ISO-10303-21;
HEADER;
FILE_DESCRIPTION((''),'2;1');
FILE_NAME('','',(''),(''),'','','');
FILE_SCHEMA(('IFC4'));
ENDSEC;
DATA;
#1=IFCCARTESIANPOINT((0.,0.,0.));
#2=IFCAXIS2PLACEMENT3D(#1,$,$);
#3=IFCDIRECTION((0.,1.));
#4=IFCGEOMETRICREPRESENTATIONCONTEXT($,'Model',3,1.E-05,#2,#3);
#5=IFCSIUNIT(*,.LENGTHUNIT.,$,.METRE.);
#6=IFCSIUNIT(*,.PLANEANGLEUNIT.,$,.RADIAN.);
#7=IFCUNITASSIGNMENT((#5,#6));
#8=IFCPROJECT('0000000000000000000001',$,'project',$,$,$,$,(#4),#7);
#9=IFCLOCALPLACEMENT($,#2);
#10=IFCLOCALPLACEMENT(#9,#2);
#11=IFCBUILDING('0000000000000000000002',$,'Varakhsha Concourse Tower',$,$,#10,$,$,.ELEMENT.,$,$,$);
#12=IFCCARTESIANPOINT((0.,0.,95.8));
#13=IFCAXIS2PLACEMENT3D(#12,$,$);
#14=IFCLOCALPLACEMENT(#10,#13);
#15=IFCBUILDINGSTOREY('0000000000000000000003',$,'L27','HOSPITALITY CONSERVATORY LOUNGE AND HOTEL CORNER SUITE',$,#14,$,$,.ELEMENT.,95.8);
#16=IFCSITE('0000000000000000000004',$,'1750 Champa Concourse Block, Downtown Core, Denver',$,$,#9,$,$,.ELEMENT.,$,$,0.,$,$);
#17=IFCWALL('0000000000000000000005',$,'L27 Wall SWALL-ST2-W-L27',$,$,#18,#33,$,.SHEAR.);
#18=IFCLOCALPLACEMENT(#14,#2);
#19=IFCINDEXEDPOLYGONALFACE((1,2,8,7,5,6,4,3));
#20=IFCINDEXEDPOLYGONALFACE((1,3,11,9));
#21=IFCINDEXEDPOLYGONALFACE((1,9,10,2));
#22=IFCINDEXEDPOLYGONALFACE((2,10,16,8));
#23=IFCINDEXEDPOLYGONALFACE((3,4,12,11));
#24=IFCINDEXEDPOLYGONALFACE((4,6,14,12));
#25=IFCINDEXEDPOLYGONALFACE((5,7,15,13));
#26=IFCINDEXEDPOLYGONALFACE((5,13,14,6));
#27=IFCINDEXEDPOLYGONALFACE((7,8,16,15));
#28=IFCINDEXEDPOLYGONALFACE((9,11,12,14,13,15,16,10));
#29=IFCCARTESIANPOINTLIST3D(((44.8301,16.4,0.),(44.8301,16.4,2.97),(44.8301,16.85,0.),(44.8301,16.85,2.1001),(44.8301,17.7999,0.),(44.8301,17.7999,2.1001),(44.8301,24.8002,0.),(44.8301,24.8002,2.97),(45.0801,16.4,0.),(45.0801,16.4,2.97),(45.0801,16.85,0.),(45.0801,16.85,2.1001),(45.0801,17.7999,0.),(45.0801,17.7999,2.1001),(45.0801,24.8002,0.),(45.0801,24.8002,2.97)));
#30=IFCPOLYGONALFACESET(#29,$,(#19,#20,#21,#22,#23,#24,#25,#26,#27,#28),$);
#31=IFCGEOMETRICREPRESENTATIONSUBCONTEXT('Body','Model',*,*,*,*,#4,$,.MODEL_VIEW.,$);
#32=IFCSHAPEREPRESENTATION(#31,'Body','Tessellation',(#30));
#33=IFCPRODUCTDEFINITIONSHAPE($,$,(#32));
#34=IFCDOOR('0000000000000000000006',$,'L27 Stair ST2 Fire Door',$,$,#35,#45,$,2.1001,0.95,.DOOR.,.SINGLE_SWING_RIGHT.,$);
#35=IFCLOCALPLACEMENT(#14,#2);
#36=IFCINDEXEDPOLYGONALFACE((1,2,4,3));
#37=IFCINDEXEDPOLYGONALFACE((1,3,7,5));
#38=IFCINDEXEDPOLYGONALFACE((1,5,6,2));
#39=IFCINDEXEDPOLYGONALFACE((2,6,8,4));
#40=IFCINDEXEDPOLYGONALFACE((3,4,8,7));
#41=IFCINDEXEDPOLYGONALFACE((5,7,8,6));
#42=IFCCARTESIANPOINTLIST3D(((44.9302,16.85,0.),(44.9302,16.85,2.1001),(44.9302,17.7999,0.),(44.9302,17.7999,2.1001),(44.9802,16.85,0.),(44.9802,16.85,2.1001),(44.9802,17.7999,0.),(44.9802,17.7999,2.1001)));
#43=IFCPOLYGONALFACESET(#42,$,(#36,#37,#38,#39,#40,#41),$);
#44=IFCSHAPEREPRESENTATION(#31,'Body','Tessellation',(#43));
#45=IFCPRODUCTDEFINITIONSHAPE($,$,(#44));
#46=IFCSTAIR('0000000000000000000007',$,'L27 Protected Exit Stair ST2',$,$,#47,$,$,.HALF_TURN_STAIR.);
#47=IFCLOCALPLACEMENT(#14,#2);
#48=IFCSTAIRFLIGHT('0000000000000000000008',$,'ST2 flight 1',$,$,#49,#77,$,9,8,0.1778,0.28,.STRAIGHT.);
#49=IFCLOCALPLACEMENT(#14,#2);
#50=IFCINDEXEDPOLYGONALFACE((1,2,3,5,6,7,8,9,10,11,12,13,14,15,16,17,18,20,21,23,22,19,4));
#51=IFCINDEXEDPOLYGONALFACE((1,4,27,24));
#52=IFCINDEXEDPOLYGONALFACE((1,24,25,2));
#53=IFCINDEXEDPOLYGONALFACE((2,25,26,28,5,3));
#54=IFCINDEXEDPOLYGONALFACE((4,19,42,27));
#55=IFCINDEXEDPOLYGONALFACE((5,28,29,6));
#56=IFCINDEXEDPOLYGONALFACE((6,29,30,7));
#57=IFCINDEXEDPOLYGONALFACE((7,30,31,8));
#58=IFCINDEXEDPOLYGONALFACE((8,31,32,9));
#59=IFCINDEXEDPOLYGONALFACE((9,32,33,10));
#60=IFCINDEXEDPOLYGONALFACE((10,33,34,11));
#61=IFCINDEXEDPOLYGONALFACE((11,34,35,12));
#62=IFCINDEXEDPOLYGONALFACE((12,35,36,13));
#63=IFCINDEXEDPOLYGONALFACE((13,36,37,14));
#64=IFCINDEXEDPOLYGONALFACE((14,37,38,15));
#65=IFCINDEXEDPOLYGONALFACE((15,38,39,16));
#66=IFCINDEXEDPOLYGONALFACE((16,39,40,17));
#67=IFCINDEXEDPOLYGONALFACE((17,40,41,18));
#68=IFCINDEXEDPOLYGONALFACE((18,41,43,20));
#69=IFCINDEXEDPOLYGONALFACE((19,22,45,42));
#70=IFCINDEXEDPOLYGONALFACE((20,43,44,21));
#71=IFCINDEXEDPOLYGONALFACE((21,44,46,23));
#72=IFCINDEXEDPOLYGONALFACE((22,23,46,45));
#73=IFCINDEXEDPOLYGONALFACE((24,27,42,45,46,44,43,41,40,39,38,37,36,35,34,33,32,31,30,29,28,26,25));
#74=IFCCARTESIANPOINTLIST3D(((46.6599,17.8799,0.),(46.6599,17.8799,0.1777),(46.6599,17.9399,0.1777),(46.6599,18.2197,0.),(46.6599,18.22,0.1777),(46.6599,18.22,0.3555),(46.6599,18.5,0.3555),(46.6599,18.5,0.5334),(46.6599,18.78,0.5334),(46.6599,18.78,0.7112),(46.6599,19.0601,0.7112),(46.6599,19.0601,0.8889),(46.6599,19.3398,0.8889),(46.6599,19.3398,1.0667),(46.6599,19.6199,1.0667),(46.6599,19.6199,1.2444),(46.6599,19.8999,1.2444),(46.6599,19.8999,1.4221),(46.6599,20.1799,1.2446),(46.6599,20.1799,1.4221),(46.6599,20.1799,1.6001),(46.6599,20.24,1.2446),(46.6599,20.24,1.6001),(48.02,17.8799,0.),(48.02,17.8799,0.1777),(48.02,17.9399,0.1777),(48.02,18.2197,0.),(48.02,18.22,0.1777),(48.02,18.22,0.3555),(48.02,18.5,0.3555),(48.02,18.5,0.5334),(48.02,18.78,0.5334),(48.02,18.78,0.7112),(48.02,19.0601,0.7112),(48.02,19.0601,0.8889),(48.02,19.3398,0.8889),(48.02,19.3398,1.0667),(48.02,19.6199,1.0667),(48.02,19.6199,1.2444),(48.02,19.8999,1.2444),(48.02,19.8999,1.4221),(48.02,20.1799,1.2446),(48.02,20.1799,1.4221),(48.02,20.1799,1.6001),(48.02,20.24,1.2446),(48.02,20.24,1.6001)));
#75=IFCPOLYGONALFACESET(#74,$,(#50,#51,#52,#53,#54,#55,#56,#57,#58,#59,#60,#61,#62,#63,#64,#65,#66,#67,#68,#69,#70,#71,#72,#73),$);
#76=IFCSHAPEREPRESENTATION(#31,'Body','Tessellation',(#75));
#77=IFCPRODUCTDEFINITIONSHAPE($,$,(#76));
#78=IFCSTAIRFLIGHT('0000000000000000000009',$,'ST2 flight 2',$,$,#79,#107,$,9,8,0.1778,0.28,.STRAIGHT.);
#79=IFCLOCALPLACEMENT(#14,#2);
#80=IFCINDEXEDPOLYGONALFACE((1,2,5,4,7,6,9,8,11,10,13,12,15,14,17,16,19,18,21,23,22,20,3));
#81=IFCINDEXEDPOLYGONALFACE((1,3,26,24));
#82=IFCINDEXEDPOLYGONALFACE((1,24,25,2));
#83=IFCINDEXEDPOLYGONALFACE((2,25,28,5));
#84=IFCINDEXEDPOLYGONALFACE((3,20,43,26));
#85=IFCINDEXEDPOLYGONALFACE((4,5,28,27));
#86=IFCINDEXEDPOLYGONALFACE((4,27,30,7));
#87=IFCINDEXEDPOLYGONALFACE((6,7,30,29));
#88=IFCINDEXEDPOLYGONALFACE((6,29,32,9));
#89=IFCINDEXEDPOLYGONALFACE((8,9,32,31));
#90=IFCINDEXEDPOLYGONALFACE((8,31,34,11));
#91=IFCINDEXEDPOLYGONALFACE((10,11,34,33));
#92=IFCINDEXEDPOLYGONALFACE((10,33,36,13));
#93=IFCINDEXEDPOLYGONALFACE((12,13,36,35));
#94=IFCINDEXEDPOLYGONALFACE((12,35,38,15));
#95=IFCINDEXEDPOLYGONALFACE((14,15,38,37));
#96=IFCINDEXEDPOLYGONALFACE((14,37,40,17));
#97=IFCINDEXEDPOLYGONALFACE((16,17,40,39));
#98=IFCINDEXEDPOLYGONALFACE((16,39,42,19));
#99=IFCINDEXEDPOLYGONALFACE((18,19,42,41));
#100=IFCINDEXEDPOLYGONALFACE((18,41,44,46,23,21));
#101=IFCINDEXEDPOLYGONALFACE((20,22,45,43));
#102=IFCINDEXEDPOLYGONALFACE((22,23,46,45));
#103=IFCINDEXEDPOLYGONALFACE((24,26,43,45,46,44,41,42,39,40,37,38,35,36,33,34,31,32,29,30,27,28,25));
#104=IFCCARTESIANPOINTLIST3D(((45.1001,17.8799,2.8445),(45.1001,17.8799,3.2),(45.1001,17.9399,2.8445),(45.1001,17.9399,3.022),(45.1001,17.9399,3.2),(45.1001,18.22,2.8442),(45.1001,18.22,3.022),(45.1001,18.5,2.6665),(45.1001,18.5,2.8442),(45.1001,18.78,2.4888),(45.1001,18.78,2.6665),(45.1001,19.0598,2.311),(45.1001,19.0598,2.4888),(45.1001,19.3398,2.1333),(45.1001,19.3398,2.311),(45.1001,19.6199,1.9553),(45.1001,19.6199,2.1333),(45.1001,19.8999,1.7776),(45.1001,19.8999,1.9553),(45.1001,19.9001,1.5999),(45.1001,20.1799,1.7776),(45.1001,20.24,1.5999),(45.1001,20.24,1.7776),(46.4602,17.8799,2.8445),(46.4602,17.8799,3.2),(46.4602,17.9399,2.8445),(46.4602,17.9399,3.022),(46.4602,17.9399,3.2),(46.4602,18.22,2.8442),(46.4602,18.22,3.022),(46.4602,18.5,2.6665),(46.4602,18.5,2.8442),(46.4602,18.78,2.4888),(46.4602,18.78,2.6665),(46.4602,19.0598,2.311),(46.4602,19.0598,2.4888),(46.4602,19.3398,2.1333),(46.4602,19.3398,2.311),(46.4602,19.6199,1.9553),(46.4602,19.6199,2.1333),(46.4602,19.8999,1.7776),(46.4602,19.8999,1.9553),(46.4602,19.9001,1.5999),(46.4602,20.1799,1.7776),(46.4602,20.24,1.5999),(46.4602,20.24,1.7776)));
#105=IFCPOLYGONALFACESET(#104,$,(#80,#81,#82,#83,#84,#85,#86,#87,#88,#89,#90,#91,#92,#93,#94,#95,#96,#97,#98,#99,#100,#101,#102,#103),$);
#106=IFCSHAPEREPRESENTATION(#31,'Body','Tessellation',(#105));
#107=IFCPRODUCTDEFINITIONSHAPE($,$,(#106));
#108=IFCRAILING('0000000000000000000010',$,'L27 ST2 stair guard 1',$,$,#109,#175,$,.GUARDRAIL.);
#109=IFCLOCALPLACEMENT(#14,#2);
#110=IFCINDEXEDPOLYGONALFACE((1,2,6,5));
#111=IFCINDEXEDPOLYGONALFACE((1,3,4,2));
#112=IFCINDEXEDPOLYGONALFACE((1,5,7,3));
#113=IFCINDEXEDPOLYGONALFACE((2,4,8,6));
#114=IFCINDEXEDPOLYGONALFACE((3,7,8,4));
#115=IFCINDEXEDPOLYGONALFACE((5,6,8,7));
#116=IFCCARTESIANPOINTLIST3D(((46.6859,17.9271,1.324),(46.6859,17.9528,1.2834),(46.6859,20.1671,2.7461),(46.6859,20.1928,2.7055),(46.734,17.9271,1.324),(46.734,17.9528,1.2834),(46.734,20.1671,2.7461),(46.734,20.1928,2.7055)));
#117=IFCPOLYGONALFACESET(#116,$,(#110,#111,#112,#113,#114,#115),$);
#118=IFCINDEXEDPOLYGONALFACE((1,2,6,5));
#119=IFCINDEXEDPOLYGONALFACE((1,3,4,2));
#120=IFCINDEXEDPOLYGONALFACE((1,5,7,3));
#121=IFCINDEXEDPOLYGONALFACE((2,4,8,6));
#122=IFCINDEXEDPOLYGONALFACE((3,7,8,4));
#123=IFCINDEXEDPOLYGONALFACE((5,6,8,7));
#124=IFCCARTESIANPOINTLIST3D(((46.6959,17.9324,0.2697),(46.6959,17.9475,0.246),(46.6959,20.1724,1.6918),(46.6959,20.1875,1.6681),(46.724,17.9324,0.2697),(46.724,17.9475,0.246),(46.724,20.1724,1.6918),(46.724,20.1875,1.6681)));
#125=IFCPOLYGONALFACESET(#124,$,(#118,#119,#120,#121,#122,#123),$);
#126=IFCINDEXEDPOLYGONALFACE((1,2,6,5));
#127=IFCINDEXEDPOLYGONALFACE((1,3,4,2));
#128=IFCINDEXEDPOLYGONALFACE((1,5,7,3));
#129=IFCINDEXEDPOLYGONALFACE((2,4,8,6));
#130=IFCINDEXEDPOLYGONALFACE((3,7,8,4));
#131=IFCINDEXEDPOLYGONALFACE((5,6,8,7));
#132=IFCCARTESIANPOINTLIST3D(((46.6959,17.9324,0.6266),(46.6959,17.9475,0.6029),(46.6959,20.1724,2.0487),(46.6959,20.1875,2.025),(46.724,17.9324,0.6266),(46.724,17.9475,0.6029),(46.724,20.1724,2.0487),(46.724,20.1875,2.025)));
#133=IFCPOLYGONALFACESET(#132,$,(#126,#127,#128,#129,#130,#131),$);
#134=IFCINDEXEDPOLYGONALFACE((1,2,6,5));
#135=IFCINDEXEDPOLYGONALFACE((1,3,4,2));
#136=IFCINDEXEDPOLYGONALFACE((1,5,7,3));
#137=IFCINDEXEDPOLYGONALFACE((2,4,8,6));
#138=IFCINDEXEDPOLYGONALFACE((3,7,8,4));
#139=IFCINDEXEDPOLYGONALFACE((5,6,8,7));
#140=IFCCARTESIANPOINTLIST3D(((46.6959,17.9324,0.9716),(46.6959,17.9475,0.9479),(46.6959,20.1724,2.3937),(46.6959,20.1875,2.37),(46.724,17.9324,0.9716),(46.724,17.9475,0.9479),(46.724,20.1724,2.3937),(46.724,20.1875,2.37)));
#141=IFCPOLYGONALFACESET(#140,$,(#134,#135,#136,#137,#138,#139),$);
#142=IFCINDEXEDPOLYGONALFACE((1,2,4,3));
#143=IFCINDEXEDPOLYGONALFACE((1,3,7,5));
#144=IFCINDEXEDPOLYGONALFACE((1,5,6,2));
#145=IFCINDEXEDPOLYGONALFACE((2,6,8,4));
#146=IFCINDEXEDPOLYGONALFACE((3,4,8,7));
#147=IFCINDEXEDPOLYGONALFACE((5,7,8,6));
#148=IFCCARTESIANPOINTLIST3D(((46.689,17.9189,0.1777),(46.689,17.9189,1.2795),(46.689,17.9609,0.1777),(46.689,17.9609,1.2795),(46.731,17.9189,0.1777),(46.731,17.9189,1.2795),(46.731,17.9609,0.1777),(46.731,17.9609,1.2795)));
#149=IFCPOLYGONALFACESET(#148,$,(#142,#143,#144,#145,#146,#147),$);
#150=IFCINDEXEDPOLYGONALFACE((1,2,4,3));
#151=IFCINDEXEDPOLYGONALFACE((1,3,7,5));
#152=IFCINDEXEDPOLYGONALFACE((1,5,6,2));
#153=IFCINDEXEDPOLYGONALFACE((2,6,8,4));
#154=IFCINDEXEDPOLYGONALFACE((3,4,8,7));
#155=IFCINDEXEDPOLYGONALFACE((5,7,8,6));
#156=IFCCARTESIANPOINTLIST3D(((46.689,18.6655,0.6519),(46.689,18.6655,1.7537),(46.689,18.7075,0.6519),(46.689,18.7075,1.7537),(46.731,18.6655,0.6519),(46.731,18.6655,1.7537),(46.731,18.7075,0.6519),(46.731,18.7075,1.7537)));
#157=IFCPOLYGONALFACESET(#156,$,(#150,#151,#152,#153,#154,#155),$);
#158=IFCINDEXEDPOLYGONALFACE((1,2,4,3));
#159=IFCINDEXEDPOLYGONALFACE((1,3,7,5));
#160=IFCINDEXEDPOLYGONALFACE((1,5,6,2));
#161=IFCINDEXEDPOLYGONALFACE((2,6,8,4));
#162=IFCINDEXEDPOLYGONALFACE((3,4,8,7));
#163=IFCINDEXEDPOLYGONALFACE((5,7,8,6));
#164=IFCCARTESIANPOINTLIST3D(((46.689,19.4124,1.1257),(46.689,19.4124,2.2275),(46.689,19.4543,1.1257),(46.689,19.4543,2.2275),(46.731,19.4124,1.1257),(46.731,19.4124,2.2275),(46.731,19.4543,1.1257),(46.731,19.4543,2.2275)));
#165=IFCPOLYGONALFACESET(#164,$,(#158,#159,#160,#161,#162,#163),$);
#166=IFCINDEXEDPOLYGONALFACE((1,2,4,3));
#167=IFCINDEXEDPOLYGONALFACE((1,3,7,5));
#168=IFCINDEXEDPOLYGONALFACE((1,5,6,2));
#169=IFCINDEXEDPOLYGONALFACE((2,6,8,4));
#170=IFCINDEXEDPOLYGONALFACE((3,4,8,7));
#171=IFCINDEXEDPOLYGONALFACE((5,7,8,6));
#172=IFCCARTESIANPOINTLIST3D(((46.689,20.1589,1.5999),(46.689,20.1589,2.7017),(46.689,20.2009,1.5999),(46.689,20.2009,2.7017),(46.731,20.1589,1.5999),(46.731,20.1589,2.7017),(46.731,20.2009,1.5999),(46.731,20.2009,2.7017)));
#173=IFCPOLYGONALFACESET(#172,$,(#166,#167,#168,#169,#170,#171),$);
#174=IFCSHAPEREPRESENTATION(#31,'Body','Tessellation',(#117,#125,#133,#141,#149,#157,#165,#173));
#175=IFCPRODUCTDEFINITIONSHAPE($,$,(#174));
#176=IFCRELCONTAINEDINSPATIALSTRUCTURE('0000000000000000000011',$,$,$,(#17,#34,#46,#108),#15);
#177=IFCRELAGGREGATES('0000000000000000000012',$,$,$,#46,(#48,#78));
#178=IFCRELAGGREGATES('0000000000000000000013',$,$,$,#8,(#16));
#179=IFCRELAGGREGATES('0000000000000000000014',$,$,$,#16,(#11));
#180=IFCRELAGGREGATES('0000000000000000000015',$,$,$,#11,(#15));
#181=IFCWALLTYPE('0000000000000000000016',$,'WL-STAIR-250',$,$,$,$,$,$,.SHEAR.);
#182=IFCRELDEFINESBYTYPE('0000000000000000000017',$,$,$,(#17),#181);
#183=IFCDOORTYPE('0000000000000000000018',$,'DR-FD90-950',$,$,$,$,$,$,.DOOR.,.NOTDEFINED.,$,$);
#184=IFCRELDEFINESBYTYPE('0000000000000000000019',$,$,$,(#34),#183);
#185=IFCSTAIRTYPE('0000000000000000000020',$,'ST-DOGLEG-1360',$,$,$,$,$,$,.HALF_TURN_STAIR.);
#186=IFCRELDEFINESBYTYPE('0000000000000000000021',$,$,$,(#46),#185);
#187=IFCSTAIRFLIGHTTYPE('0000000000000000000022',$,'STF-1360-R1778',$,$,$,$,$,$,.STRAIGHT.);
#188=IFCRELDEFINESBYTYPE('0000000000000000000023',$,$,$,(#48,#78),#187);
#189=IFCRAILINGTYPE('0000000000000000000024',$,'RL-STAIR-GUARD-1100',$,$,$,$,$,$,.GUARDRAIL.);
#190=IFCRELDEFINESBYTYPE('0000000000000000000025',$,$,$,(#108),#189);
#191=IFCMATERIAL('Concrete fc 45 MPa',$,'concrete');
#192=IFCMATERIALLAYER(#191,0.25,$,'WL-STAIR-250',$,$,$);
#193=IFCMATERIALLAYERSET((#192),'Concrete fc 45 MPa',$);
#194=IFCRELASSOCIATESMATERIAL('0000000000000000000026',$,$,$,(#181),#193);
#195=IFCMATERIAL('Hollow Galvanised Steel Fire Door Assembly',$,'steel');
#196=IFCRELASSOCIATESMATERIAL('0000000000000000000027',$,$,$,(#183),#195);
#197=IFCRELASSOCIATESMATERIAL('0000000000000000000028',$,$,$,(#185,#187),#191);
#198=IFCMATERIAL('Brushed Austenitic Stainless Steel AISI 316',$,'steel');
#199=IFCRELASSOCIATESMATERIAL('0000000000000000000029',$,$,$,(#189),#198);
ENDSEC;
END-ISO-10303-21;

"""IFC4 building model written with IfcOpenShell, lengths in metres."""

from ifc_helpers import new_model, si_unit, direction, frame, frame_2d, origin, origin_2d, place, context, subcontext, project, spatial, polyline, rectangle, outline, extrude, material, layer, layer_set, type_object, element, fill, aggregate, save


model = new_model("IFC4")

# Units and contexts
model_context = context("Model", 3, precision=1e-05, world=origin(), true_north=direction((0.0, 1.0)))
body_context = subcontext(model_context, "Body", "Model", "MODEL_VIEW")
ifc_project = project(units=[si_unit("LENGTHUNIT", "METRE"), si_unit("PLANEANGLEUNIT", "RADIAN")], contexts=[model_context])

# Site, building, storey
site_placement = place(None, origin())
site = spatial("IfcSite", under=ifc_project, at=site_placement, Name="1750 Champa Concourse Block, Downtown Core, Denver", CompositionType="ELEMENT", RefElevation=0.0)
building_placement = place(site_placement, origin())
building = spatial("IfcBuilding", under=site, at=building_placement, Name="Varakhsha Concourse Tower", CompositionType="ELEMENT")
storey_placement = place(building_placement, frame((0.0, 0.0, 95.8)))
storey = spatial("IfcBuildingStorey", under=building, at=storey_placement, Name="L27", Description="HOSPITALITY CONSERVATORY LOUNGE AND HOTEL CORNER SUITE", CompositionType="ELEMENT", Elevation=95.8)

# Wall, opening, door
ifc_material_1 = material(Name="Concrete fc 45 MPa", Category="concrete")
ifc_layer_1 = layer(ifc_material_1, 0.25, Name="WL-STAIR-250")
ifc_layer_set_1 = layer_set([ifc_layer_1], Name="Concrete fc 45 MPa")
wall_type_1 = type_object("IfcWallType", Name="WL-STAIR-250", PredefinedType="SHEAR", material=ifc_layer_set_1)
wall_1_placement = place(storey_placement, frame((44.9551, 16.3999, 0.0), z_axis=(0.0, 0.0, 1.0), x_axis=(0.0, 1.0, 0.0)))
wall_1 = element("IfcWall", 1, at=wall_1_placement, inside=storey, type_object=wall_type_1, Name="L27 Wall SWALL-ST2-W-L27", PredefinedType="SHEAR", context=body_context, shape_type="SweptSolid", body=[
    extrude(rectangle(XDim=8.4001, YDim=0.25, at=frame_2d((4.2002, 0.0))), origin(), (0.0, 0.0, 1.0), 2.97),
])
opening_1_placement = place(wall_1_placement, frame((0.45, 0.0, 0.0)))
opening_1 = element("IfcOpeningElement", 2, at=opening_1_placement, cuts=wall_1, PredefinedType="OPENING", context=body_context, shape_type="SweptSolid", body=[
    extrude(rectangle(XDim=0.95, YDim=2.1001, at=frame_2d((0.4751, 1.05))), frame((0.0, 0.135, 0.0), z_axis=(0.0, -1.0, 0.0), x_axis=(1.0, 0.0, 0.0)), (0.0, 0.0, 1.0), 0.27),
])
ifc_material_2 = material(Name="Hollow Galvanised Steel Fire Door Assembly", Category="steel")
door_type_1 = type_object("IfcDoorType", Name="DR-FD90-950", OperationType="NOTDEFINED", PredefinedType="DOOR", material=ifc_material_2)
door_1_placement = place(opening_1_placement, origin())
door_1 = element("IfcDoor", 3, at=door_1_placement, inside=storey, type_object=door_type_1, Name="L27 Stair ST2 Fire Door", OperationType="SINGLE_SWING_RIGHT", OverallHeight=2.1001, OverallWidth=0.95, PredefinedType="DOOR", context=body_context, shape_type="SweptSolid", body=[
    extrude(rectangle(XDim=0.95, YDim=2.1001, at=frame_2d((0.4751, 1.05))), frame((0.0, 0.0249, 0.0), z_axis=(0.0, -1.0, 0.0), x_axis=(1.0, 0.0, 0.0)), (0.0, 0.0, 1.0), 0.05),
])
fill(opening_1, door_1)

# Stair, stair flights
stair_type = type_object("IfcStairType", Name="ST-DOGLEG-1360", PredefinedType="HALF_TURN_STAIR", material=ifc_material_1)
stair_placement = place(storey_placement, origin())
stair = element("IfcStair", 4, at=stair_placement, inside=storey, type_object=stair_type, Name="L27 Protected Exit Stair ST2", PredefinedType="HALF_TURN_STAIR")
stair_flight_type = type_object("IfcStairFlightType", Name="STF-1360-R1778", PredefinedType="STRAIGHT", material=ifc_material_1)
stair_flight_1_placement = place(storey_placement, frame((47.3401, 17.9399, 0.0), z_axis=(0.0, 0.0, 1.0), x_axis=(0.0, 1.0, 0.0)))
stair_flight_1 = element("IfcStairFlight", 5, at=stair_flight_1_placement, type_object=stair_flight_type, Name="ST2 flight 1", NumberOfRisers=9, NumberOfTreads=8, PredefinedType="STRAIGHT", RiserHeight=0.1778, TreadLength=0.28, context=body_context, shape_type="SweptSolid", body=[
    extrude(outline(polyline([(-0.0601, 0.0), (-0.0601, 0.1777), (0.0, 0.1777), (0.28, 0.1777), (0.28, 0.3555), (0.5601, 0.3555), (0.5601, 0.5334), (0.8401, 0.5334), (0.8401, 0.7112), (1.1201, 0.7112), (1.1201, 0.8889), (1.3999, 0.8889), (1.3999, 1.0667), (1.6799, 1.0667), (1.6799, 1.2444), (1.96, 1.2444), (1.96, 1.4221), (2.24, 1.4221), (2.24, 1.6001), (2.3, 1.6001), (2.3, 1.2446), (2.24, 1.2446), (0.2798, 0.0), (-0.0601, 0.0)])), frame((0.0, 0.6802, 0.0), z_axis=(0.0, -1.0, 0.0), x_axis=(1.0, 0.0, 0.0)), (0.0, 0.0, 1.0), 1.3601),
])
stair_flight_2_placement = place(storey_placement, frame((45.78, 20.1799, 1.5999), z_axis=(0.0, 0.0, 1.0), x_axis=(0.0, -1.0, 0.0)))
stair_flight_2 = element("IfcStairFlight", 6, at=stair_flight_2_placement, type_object=stair_flight_type, Name="ST2 flight 2", NumberOfRisers=9, NumberOfTreads=8, PredefinedType="STRAIGHT", RiserHeight=0.1778, TreadLength=0.28, context=body_context, shape_type="SweptSolid", body=[
    extrude(outline(polyline([(-0.0601, 0.0), (-0.0601, 0.1777), (0.0, 0.1777), (0.28, 0.1777), (0.28, 0.3555), (0.5601, 0.3555), (0.5601, 0.5334), (0.8401, 0.5334), (0.8401, 0.7112), (1.1201, 0.7112), (1.1201, 0.8889), (1.3999, 0.8889), (1.3999, 1.0667), (1.6799, 1.0667), (1.6799, 1.2444), (1.96, 1.2444), (1.96, 1.4221), (2.24, 1.4221), (2.24, 1.6001), (2.3, 1.6001), (2.3, 1.2446), (2.24, 1.2446), (0.2798, 0.0), (-0.0601, 0.0)])), frame((0.0, 0.6802, 0.0), z_axis=(0.0, -1.0, 0.0), x_axis=(1.0, 0.0, 0.0)), (0.0, 0.0, 1.0), 1.3601),
])
aggregate(stair, [stair_flight_1, stair_flight_2])

# Railing
ifc_material_3 = material(Name="Brushed Austenitic Stainless Steel AISI 316", Category="steel")
railing_type_1 = type_object("IfcRailingType", Name="RL-STAIR-GUARD-1100", PredefinedType="GUARDRAIL", material=ifc_material_3)
railing_1_placement = place(storey_placement, frame((46.71, 17.9399, 0.1777)))
element("IfcRailing", 7, at=railing_1_placement, inside=storey, type_object=railing_type_1, Name="L27 ST2 stair guard 1", PredefinedType="GUARDRAIL", context=body_context, shape_type="SweptSolid", body=[
    extrude(rectangle(XDim=0.0481, YDim=0.0481, at=origin_2d()), frame((0.0, 0.0, 1.126), z_axis=(0.0, 0.844229, 0.535982), x_axis=(-1.0, 0.0, 0.0)), (0.0, 0.0, 1.0), 2.6533),
    extrude(rectangle(XDim=0.0281, YDim=0.0281, at=origin_2d()), frame((0.0, 0.0, 0.0801), z_axis=(0.0, 0.844229, 0.535982), x_axis=(-1.0, 0.0, 0.0)), (0.0, 0.0, 1.0), 2.6533),
    extrude(rectangle(XDim=0.0281, YDim=0.0281, at=origin_2d()), frame((0.0, 0.0, 0.437), z_axis=(0.0, 0.844229, 0.535982), x_axis=(-1.0, 0.0, 0.0)), (0.0, 0.0, 1.0), 2.6533),
    extrude(rectangle(XDim=0.0281, YDim=0.0281, at=origin_2d()), frame((0.0, 0.0, 0.782), z_axis=(0.0, 0.844229, 0.535982), x_axis=(-1.0, 0.0, 0.0)), (0.0, 0.0, 1.0), 2.6533),
    extrude(rectangle(XDim=0.042, YDim=0.042, at=origin_2d()), origin(), (0.0, 0.0, 1.0), 1.1018),
    extrude(rectangle(XDim=0.042, YDim=0.042, at=origin_2d()), frame((0.0, 0.7466, 0.4741)), (0.0, 0.0, 1.0), 1.1018),
    extrude(rectangle(XDim=0.042, YDim=0.042, at=origin_2d()), frame((0.0, 1.4934, 0.948)), (0.0, 0.0, 1.0), 1.1018),
    extrude(rectangle(XDim=0.042, YDim=0.042, at=origin_2d()), frame((0.0, 2.24, 1.4221)), (0.0, 0.0, 1.0), 1.1018),
])

save(model, "model.ifc")
